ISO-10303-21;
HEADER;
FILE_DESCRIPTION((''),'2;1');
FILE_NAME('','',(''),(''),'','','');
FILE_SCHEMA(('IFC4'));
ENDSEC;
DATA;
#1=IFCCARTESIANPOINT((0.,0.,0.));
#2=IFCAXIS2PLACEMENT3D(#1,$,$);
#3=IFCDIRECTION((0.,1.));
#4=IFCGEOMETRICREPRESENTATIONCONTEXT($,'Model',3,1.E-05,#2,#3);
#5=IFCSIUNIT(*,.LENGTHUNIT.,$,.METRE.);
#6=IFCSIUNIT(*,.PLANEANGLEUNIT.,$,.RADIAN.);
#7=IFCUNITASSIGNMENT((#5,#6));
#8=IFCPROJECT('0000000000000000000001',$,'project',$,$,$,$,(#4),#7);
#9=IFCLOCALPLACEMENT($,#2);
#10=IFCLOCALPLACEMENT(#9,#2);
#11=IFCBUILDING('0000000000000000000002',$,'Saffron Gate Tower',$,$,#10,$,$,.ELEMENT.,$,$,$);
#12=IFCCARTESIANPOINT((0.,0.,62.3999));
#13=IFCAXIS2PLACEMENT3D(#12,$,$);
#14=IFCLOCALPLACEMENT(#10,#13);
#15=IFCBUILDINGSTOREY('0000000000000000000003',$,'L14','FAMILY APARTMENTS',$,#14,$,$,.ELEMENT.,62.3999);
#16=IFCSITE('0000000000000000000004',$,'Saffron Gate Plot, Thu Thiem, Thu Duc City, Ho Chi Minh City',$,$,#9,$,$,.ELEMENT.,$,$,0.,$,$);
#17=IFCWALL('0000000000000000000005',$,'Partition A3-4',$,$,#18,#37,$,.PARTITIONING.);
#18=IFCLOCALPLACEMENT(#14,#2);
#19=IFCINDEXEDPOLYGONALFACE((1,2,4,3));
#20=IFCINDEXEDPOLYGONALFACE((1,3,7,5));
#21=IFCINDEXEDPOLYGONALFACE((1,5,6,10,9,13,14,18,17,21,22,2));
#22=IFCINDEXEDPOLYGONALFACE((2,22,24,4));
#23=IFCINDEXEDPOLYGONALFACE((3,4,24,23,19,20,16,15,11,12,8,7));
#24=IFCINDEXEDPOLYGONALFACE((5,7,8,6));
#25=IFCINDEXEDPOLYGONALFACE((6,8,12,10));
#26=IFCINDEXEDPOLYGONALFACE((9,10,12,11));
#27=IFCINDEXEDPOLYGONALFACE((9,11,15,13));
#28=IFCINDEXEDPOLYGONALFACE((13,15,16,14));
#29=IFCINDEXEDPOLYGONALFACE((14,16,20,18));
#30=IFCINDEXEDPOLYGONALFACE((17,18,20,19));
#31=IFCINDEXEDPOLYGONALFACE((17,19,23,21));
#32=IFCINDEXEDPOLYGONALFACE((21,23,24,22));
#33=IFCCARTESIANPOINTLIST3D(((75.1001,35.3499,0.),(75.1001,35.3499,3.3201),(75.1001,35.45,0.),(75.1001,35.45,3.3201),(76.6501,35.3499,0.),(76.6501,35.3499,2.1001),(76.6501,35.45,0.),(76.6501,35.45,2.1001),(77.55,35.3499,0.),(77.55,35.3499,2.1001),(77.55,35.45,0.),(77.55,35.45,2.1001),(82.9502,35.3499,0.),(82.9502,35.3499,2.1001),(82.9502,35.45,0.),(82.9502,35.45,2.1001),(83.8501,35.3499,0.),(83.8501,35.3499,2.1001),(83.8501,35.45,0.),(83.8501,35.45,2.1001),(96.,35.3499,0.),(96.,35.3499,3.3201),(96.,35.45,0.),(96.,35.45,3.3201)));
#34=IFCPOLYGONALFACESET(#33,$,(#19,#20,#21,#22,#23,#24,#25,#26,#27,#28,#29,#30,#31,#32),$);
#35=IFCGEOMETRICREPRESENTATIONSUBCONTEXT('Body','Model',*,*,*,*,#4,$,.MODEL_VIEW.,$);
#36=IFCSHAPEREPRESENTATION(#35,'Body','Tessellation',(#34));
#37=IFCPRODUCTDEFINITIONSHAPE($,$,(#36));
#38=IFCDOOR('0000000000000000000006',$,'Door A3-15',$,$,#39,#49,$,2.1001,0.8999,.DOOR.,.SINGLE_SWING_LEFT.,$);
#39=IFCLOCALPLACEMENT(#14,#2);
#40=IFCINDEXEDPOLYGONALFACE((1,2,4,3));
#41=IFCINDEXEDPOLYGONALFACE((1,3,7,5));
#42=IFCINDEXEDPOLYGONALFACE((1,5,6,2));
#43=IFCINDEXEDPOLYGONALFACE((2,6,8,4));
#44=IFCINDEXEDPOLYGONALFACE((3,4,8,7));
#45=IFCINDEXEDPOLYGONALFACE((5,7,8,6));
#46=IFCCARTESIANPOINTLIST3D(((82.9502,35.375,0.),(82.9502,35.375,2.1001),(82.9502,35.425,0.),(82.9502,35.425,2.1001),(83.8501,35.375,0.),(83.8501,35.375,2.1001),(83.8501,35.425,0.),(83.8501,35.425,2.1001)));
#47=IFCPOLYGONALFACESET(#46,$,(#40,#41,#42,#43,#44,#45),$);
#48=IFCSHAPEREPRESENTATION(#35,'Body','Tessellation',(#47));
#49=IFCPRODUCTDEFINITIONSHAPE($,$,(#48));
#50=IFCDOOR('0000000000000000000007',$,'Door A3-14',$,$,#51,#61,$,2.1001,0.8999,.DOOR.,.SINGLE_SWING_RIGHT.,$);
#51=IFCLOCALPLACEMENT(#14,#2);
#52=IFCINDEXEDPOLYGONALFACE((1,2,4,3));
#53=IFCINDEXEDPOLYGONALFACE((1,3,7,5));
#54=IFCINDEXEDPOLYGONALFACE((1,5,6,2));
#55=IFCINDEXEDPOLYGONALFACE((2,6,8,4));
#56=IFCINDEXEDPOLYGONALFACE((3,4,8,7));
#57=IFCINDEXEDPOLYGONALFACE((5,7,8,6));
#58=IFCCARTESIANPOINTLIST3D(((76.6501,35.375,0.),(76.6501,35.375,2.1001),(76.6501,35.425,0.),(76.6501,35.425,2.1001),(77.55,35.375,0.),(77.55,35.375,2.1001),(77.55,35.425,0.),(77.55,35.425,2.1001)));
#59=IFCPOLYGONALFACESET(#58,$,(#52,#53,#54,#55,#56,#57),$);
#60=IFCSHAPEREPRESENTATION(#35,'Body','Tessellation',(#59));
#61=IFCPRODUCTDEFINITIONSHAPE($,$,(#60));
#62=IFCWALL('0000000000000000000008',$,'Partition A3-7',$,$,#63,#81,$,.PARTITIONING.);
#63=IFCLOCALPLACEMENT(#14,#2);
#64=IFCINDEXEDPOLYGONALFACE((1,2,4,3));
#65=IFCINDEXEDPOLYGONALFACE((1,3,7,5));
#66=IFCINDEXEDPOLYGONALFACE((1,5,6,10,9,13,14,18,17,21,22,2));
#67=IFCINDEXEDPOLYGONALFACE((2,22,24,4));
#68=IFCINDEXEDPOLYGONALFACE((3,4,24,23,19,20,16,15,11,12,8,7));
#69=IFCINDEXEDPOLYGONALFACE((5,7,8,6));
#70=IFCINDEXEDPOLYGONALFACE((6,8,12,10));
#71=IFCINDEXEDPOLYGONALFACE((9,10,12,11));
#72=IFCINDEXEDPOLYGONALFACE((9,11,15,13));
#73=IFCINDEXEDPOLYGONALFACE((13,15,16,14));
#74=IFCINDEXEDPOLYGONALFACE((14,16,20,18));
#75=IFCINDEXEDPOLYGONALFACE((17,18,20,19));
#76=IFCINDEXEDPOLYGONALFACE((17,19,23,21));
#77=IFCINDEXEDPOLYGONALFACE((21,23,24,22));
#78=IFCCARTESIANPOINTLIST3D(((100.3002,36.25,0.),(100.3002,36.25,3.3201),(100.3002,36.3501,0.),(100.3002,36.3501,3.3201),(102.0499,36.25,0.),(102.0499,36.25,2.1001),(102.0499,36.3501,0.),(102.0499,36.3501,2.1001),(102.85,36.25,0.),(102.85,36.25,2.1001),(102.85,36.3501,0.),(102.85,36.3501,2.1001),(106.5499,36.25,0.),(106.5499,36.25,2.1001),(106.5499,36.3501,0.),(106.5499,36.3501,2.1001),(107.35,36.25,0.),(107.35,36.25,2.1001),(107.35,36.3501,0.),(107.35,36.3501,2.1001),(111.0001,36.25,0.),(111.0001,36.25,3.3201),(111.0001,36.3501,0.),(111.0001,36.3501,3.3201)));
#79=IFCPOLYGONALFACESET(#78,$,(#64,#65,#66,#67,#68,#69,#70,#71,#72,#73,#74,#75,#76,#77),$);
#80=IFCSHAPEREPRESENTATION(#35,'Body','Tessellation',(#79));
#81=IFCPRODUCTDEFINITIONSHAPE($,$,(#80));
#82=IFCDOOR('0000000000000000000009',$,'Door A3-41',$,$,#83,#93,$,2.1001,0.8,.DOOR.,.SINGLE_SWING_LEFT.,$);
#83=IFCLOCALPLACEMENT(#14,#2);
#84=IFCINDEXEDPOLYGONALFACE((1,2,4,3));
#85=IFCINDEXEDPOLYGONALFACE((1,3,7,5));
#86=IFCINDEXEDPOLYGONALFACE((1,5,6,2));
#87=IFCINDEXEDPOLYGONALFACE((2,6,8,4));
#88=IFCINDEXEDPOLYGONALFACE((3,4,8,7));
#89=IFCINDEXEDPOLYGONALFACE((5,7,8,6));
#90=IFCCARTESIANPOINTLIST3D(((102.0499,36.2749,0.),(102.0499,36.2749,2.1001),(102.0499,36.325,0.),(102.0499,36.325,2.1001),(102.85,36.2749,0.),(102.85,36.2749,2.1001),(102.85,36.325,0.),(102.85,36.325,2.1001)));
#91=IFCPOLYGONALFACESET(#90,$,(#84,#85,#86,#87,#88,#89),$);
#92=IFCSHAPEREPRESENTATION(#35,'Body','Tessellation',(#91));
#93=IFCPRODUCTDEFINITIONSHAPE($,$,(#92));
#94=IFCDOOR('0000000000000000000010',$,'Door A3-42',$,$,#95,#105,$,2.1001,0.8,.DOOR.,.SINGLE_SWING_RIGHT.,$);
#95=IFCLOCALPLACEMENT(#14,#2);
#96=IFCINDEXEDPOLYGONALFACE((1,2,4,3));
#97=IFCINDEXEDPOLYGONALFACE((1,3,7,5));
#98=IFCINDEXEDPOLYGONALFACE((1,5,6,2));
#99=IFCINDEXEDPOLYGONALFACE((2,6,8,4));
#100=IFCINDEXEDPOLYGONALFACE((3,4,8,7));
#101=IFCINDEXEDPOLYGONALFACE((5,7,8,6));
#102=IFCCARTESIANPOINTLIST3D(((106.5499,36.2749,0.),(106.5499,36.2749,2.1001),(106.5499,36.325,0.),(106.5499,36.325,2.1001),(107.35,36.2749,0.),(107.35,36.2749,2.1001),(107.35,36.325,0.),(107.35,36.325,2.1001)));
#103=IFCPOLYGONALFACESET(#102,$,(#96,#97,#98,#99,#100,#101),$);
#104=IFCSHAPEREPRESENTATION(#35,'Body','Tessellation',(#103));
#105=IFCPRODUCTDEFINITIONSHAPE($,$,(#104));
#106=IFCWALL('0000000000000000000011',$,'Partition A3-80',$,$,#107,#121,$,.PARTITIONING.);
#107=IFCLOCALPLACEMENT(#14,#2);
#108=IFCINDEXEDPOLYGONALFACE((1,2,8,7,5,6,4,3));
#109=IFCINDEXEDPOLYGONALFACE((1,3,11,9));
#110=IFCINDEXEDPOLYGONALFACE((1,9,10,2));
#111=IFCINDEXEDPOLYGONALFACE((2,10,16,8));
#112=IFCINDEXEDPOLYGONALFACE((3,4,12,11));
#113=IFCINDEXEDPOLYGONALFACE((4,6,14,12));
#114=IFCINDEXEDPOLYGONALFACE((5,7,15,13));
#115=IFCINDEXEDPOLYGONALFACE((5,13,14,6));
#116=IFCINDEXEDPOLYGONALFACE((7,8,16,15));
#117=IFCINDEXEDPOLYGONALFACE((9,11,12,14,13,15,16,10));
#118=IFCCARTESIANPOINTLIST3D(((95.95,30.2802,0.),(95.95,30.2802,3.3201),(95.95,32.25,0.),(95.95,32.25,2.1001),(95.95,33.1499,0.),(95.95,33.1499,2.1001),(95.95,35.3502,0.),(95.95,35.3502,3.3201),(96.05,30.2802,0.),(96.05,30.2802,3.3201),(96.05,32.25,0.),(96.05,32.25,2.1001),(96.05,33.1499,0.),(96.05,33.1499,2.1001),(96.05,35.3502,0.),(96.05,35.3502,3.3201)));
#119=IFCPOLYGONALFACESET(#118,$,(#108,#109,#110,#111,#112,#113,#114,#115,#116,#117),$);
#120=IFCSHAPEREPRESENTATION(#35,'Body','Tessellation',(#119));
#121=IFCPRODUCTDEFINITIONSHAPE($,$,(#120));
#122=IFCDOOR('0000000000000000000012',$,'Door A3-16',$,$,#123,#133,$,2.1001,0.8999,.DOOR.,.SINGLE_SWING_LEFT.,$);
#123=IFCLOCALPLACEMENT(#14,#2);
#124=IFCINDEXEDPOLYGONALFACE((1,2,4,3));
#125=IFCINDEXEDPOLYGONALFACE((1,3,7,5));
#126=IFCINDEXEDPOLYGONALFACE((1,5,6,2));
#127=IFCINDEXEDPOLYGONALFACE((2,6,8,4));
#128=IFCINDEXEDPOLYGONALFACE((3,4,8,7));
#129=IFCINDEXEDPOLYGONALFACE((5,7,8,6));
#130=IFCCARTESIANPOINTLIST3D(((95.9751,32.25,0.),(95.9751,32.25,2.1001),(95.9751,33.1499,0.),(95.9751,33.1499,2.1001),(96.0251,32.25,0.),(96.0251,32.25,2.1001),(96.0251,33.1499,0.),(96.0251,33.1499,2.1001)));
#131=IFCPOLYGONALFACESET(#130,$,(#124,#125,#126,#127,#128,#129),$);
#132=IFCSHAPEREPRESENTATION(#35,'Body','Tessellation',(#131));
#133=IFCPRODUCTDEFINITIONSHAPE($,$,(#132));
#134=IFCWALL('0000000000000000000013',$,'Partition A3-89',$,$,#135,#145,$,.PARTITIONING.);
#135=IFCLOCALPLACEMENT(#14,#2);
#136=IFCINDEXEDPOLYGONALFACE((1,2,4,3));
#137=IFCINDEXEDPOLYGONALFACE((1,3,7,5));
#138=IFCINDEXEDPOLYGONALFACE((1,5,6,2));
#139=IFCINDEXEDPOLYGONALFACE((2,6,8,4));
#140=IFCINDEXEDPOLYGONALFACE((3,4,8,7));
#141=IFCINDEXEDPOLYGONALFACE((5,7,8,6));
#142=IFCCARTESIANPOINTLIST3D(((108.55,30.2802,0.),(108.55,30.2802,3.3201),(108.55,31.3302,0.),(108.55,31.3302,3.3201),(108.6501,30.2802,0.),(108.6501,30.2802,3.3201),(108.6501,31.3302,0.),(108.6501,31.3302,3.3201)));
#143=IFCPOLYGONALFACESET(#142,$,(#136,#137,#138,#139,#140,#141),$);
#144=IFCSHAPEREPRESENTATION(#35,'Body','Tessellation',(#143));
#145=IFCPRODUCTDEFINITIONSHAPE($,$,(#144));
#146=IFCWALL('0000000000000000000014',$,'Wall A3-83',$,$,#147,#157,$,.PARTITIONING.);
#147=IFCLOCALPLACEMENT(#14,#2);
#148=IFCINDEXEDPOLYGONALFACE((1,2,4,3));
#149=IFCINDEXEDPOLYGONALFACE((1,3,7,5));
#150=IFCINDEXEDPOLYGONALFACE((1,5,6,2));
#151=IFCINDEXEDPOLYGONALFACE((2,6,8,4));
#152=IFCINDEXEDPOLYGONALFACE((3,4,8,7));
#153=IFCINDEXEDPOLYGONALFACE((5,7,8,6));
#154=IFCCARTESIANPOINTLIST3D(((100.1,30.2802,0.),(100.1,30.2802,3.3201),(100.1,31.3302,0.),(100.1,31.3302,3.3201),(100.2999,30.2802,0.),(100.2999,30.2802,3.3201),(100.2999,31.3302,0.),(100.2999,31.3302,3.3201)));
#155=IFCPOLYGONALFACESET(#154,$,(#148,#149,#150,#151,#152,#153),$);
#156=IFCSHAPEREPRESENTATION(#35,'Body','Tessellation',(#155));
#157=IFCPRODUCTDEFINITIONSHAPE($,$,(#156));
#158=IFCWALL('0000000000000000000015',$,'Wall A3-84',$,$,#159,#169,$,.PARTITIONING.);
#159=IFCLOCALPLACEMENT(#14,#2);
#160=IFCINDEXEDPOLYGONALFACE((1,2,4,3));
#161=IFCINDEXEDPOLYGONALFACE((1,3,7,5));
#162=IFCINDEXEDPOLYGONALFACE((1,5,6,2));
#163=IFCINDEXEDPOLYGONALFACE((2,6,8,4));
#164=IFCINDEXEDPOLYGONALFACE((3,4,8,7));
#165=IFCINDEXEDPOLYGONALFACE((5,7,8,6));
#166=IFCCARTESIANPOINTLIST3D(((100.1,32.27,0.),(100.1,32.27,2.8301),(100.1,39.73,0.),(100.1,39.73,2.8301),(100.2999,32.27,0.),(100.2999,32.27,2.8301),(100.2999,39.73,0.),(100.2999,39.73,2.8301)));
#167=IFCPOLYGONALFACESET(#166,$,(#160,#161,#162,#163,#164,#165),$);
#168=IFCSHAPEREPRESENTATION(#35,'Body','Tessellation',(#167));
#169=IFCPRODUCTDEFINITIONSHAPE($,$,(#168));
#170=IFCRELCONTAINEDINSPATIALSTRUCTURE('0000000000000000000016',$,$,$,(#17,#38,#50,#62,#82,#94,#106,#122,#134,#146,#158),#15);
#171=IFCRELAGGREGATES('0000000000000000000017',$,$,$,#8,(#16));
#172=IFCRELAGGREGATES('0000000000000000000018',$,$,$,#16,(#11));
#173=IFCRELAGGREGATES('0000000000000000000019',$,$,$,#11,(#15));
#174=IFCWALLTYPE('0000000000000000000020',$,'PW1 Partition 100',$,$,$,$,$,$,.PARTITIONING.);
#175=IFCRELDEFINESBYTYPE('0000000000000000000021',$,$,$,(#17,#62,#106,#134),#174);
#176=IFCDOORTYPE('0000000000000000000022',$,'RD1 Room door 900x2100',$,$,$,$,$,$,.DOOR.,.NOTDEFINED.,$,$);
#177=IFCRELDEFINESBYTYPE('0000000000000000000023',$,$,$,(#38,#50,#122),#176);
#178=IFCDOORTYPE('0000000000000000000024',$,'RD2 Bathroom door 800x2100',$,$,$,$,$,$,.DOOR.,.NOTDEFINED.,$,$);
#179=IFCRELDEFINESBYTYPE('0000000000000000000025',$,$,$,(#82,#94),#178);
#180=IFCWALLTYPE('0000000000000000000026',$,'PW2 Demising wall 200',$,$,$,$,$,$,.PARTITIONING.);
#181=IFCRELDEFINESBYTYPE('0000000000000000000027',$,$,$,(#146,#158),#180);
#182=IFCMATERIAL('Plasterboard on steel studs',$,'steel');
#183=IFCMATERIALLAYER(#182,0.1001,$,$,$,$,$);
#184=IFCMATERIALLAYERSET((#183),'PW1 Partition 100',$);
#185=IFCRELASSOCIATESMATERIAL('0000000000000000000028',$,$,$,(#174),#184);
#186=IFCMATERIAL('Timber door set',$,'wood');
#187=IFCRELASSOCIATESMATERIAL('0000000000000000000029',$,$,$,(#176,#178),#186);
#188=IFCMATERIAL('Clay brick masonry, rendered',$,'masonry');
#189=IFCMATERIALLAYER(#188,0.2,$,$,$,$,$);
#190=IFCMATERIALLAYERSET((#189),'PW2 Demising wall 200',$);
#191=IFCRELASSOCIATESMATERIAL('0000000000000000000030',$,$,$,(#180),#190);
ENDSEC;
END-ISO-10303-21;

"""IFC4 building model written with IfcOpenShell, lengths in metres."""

from ifc_helpers import new_model, si_unit, direction, frame, frame_2d, origin, place, context, subcontext, project, spatial, rectangle, extrude, material, layer, layer_set, type_object, element, fill, save


model = new_model("IFC4")

# Units and contexts
model_context = context("Model", 3, precision=1e-05, world=origin(), true_north=direction((0.0, 1.0)))
body_context = subcontext(model_context, "Body", "Model", "MODEL_VIEW")
ifc_project = project(units=[si_unit("LENGTHUNIT", "METRE"), si_unit("PLANEANGLEUNIT", "RADIAN")], contexts=[model_context])

# Site, building, storey
site_placement = place(None, origin())
site = spatial("IfcSite", under=ifc_project, at=site_placement, Name="Saffron Gate Plot, Thu Thiem, Thu Duc City, Ho Chi Minh City", CompositionType="ELEMENT", RefElevation=0.0)
building_placement = place(site_placement, origin())
building = spatial("IfcBuilding", under=site, at=building_placement, Name="Saffron Gate Tower", CompositionType="ELEMENT")
storey_placement = place(building_placement, frame((0.0, 0.0, 62.3999)))
storey = spatial("IfcBuildingStorey", under=building, at=storey_placement, Name="L14", Description="FAMILY APARTMENTS", CompositionType="ELEMENT", Elevation=62.3999)

# Shared definitions
ifc_material_1 = material(Name="Plasterboard on steel studs", Category="steel")
ifc_layer_1 = layer(ifc_material_1, 0.1001)
ifc_layer_set_1 = layer_set([ifc_layer_1], Name="PW1 Partition 100")
wall_type_1 = type_object("IfcWallType", Name="PW1 Partition 100", PredefinedType="PARTITIONING", material=ifc_layer_set_1)

# Walls, openings, doors
wall_1_placement = place(storey_placement, frame((96.0, 35.3999, 0.0), z_axis=(0.0, 0.0, 1.0), x_axis=(-1.0, 0.0, 0.0)))
wall_1 = element("IfcWall", 1, at=wall_1_placement, inside=storey, type_object=wall_type_1, Name="Partition A3-4", PredefinedType="PARTITIONING", context=body_context, shape_type="SweptSolid", body=[
    extrude(rectangle(XDim=20.8999, YDim=0.1001, at=frame_2d((10.45, 0.0))), origin(), (0.0, 0.0, 1.0), 3.3201),
])
opening_1_placement = place(wall_1_placement, frame((12.1499, 0.0, 0.0)))
opening_1 = element("IfcOpeningElement", 2, at=opening_1_placement, cuts=wall_1, PredefinedType="OPENING", context=body_context, shape_type="SweptSolid", body=[
    extrude(rectangle(XDim=0.8999, YDim=2.1001, at=frame_2d((0.45, 1.05))), frame((0.0, 0.0601, 0.0), z_axis=(0.0, -1.0, 0.0), x_axis=(1.0, 0.0, 0.0)), (0.0, 0.0, 1.0), 0.1201),
])
opening_2_placement = place(wall_1_placement, frame((18.45, 0.0, 0.0)))
opening_2 = element("IfcOpeningElement", 3, at=opening_2_placement, cuts=wall_1, PredefinedType="OPENING", context=body_context, shape_type="SweptSolid", body=[
    extrude(rectangle(XDim=0.8999, YDim=2.1001, at=frame_2d((0.45, 1.05))), frame((0.0, 0.0601, 0.0), z_axis=(0.0, -1.0, 0.0), x_axis=(1.0, 0.0, 0.0)), (0.0, 0.0, 1.0), 0.1201),
])
ifc_material_2 = material(Name="Timber door set", Category="wood")
door_type_1 = type_object("IfcDoorType", Name="RD1 Room door 900x2100", OperationType="NOTDEFINED", PredefinedType="DOOR", material=ifc_material_2)
door_1_placement = place(opening_1_placement, origin())
door_1 = element("IfcDoor", 4, at=door_1_placement, inside=storey, type_object=door_type_1, Name="Door A3-15", OperationType="SINGLE_SWING_LEFT", OverallHeight=2.1001, OverallWidth=0.8999, PredefinedType="DOOR", context=body_context, shape_type="SweptSolid", body=[
    extrude(rectangle(XDim=0.8999, YDim=2.1001, at=frame_2d((0.45, 1.05))), frame((0.0, 0.0249, 0.0), z_axis=(0.0, -1.0, 0.0), x_axis=(1.0, 0.0, 0.0)), (0.0, 0.0, 1.0), 0.05),
])
fill(opening_1, door_1)
door_2_placement = place(opening_2_placement, origin())
door_2 = element("IfcDoor", 5, at=door_2_placement, inside=storey, type_object=door_type_1, Name="Door A3-14", OperationType="SINGLE_SWING_RIGHT", OverallHeight=2.1001, OverallWidth=0.8999, PredefinedType="DOOR", context=body_context, shape_type="SweptSolid", body=[
    extrude(rectangle(XDim=0.8999, YDim=2.1001, at=frame_2d((0.45, 1.05))), frame((0.0, 0.0249, 0.0), z_axis=(0.0, -1.0, 0.0), x_axis=(1.0, 0.0, 0.0)), (0.0, 0.0, 1.0), 0.05),
])
fill(opening_2, door_2)
wall_2_placement = place(storey_placement, frame((100.3, 36.3, 0.0), z_axis=(0.0, 0.0, 1.0), x_axis=(1.0, 0.0, 0.0)))
wall_2 = element("IfcWall", 6, at=wall_2_placement, inside=storey, type_object=wall_type_1, Name="Partition A3-7", PredefinedType="PARTITIONING", context=body_context, shape_type="SweptSolid", body=[
    extrude(rectangle(XDim=10.7, YDim=0.1001, at=frame_2d((5.3501, 0.0))), origin(), (0.0, 0.0, 1.0), 3.3201),
])
opening_3_placement = place(wall_2_placement, frame((1.75, 0.0, 0.0)))
opening_3 = element("IfcOpeningElement", 7, at=opening_3_placement, cuts=wall_2, PredefinedType="OPENING", context=body_context, shape_type="SweptSolid", body=[
    extrude(rectangle(XDim=0.8, YDim=2.1001, at=frame_2d((0.3999, 1.05))), frame((0.0, 0.0601, 0.0), z_axis=(0.0, -1.0, 0.0), x_axis=(1.0, 0.0, 0.0)), (0.0, 0.0, 1.0), 0.1201),
])
opening_4_placement = place(wall_2_placement, frame((6.25, 0.0, 0.0)))
opening_4 = element("IfcOpeningElement", 8, at=opening_4_placement, cuts=wall_2, PredefinedType="OPENING", context=body_context, shape_type="SweptSolid", body=[
    extrude(rectangle(XDim=0.8, YDim=2.1001, at=frame_2d((0.3999, 1.05))), frame((0.0, 0.0601, 0.0), z_axis=(0.0, -1.0, 0.0), x_axis=(1.0, 0.0, 0.0)), (0.0, 0.0, 1.0), 0.1201),
])
door_type_2 = type_object("IfcDoorType", Name="RD2 Bathroom door 800x2100", OperationType="NOTDEFINED", PredefinedType="DOOR", material=ifc_material_2)
door_3_placement = place(opening_3_placement, origin())
door_3 = element("IfcDoor", 9, at=door_3_placement, inside=storey, type_object=door_type_2, Name="Door A3-41", OperationType="SINGLE_SWING_LEFT", OverallHeight=2.1001, OverallWidth=0.8, PredefinedType="DOOR", context=body_context, shape_type="SweptSolid", body=[
    extrude(rectangle(XDim=0.8, YDim=2.1001, at=frame_2d((0.3999, 1.05))), frame((0.0, 0.0249, 0.0), z_axis=(0.0, -1.0, 0.0), x_axis=(1.0, 0.0, 0.0)), (0.0, 0.0, 1.0), 0.05),
])
fill(opening_3, door_3)
door_4_placement = place(opening_4_placement, origin())
door_4 = element("IfcDoor", 10, at=door_4_placement, inside=storey, type_object=door_type_2, Name="Door A3-42", OperationType="SINGLE_SWING_RIGHT", OverallHeight=2.1001, OverallWidth=0.8, PredefinedType="DOOR", context=body_context, shape_type="SweptSolid", body=[
    extrude(rectangle(XDim=0.8, YDim=2.1001, at=frame_2d((0.3999, 1.05))), frame((0.0, 0.0249, 0.0), z_axis=(0.0, -1.0, 0.0), x_axis=(1.0, 0.0, 0.0)), (0.0, 0.0, 1.0), 0.05),
])
fill(opening_4, door_4)

# Wall, opening, door
wall_3_placement = place(storey_placement, frame((96.0, 30.28, 0.0), z_axis=(0.0, 0.0, 1.0), x_axis=(0.0, 1.0, 0.0)))
wall_3 = element("IfcWall", 11, at=wall_3_placement, inside=storey, type_object=wall_type_1, Name="Partition A3-80", PredefinedType="PARTITIONING", context=body_context, shape_type="SweptSolid", body=[
    extrude(rectangle(XDim=5.0701, YDim=0.1001, at=frame_2d((2.5352, 0.0))), origin(), (0.0, 0.0, 1.0), 3.3201),
])
opening_5_placement = place(wall_3_placement, frame((1.97, 0.0, 0.0)))
opening_5 = element("IfcOpeningElement", 12, at=opening_5_placement, cuts=wall_3, PredefinedType="OPENING", context=body_context, shape_type="SweptSolid", body=[
    extrude(rectangle(XDim=0.8999, YDim=2.1001, at=frame_2d((0.45, 1.05))), frame((0.0, 0.0601, 0.0), z_axis=(0.0, -1.0, 0.0), x_axis=(1.0, 0.0, 0.0)), (0.0, 0.0, 1.0), 0.1201),
])
door_5_placement = place(opening_5_placement, origin())
door_5 = element("IfcDoor", 13, at=door_5_placement, inside=storey, type_object=door_type_1, Name="Door A3-16", OperationType="SINGLE_SWING_LEFT", OverallHeight=2.1001, OverallWidth=0.8999, PredefinedType="DOOR", context=body_context, shape_type="SweptSolid", body=[
    extrude(rectangle(XDim=0.8999, YDim=2.1001, at=frame_2d((0.45, 1.05))), frame((0.0, 0.0249, 0.0), z_axis=(0.0, -1.0, 0.0), x_axis=(1.0, 0.0, 0.0)), (0.0, 0.0, 1.0), 0.05),
])
fill(opening_5, door_5)

# Walls
wall_4_placement = place(storey_placement, frame((108.6001, 31.3301, 0.0), z_axis=(0.0, 0.0, 1.0), x_axis=(0.0, -1.0, 0.0)))
element("IfcWall", 14, at=wall_4_placement, inside=storey, type_object=wall_type_1, Name="Partition A3-89", PredefinedType="PARTITIONING", context=body_context, shape_type="SweptSolid", body=[
    extrude(rectangle(XDim=1.05, YDim=0.1001, at=frame_2d((0.5249, 0.0))), origin(), (0.0, 0.0, 1.0), 3.3201),
])
ifc_material_3 = material(Name="Clay brick masonry, rendered", Category="masonry")
ifc_layer_2 = layer(ifc_material_3, 0.2)
ifc_layer_set_2 = layer_set([ifc_layer_2], Name="PW2 Demising wall 200")
wall_type_2 = type_object("IfcWallType", Name="PW2 Demising wall 200", PredefinedType="PARTITIONING", material=ifc_layer_set_2)
wall_5_placement = place(storey_placement, frame((100.2, 31.3301, 0.0), z_axis=(0.0, 0.0, 1.0), x_axis=(0.0, -1.0, 0.0)))
element("IfcWall", 15, at=wall_5_placement, inside=storey, type_object=wall_type_2, Name="Wall A3-83", PredefinedType="PARTITIONING", context=body_context, shape_type="SweptSolid", body=[
    extrude(rectangle(XDim=1.05, YDim=0.2, at=frame_2d((0.5249, 0.0))), origin(), (0.0, 0.0, 1.0), 3.3201),
])
wall_6_placement = place(storey_placement, frame((100.2, 39.73, 0.0), z_axis=(0.0, 0.0, 1.0), x_axis=(0.0, -1.0, 0.0)))
element("IfcWall", 16, at=wall_6_placement, inside=storey, type_object=wall_type_2, Name="Wall A3-84", PredefinedType="PARTITIONING", context=body_context, shape_type="SweptSolid", body=[
    extrude(rectangle(XDim=7.46, YDim=0.2, at=frame_2d((3.73, 0.0))), origin(), (0.0, 0.0, 1.0), 2.8301),
])

save(model, "model.ifc")
